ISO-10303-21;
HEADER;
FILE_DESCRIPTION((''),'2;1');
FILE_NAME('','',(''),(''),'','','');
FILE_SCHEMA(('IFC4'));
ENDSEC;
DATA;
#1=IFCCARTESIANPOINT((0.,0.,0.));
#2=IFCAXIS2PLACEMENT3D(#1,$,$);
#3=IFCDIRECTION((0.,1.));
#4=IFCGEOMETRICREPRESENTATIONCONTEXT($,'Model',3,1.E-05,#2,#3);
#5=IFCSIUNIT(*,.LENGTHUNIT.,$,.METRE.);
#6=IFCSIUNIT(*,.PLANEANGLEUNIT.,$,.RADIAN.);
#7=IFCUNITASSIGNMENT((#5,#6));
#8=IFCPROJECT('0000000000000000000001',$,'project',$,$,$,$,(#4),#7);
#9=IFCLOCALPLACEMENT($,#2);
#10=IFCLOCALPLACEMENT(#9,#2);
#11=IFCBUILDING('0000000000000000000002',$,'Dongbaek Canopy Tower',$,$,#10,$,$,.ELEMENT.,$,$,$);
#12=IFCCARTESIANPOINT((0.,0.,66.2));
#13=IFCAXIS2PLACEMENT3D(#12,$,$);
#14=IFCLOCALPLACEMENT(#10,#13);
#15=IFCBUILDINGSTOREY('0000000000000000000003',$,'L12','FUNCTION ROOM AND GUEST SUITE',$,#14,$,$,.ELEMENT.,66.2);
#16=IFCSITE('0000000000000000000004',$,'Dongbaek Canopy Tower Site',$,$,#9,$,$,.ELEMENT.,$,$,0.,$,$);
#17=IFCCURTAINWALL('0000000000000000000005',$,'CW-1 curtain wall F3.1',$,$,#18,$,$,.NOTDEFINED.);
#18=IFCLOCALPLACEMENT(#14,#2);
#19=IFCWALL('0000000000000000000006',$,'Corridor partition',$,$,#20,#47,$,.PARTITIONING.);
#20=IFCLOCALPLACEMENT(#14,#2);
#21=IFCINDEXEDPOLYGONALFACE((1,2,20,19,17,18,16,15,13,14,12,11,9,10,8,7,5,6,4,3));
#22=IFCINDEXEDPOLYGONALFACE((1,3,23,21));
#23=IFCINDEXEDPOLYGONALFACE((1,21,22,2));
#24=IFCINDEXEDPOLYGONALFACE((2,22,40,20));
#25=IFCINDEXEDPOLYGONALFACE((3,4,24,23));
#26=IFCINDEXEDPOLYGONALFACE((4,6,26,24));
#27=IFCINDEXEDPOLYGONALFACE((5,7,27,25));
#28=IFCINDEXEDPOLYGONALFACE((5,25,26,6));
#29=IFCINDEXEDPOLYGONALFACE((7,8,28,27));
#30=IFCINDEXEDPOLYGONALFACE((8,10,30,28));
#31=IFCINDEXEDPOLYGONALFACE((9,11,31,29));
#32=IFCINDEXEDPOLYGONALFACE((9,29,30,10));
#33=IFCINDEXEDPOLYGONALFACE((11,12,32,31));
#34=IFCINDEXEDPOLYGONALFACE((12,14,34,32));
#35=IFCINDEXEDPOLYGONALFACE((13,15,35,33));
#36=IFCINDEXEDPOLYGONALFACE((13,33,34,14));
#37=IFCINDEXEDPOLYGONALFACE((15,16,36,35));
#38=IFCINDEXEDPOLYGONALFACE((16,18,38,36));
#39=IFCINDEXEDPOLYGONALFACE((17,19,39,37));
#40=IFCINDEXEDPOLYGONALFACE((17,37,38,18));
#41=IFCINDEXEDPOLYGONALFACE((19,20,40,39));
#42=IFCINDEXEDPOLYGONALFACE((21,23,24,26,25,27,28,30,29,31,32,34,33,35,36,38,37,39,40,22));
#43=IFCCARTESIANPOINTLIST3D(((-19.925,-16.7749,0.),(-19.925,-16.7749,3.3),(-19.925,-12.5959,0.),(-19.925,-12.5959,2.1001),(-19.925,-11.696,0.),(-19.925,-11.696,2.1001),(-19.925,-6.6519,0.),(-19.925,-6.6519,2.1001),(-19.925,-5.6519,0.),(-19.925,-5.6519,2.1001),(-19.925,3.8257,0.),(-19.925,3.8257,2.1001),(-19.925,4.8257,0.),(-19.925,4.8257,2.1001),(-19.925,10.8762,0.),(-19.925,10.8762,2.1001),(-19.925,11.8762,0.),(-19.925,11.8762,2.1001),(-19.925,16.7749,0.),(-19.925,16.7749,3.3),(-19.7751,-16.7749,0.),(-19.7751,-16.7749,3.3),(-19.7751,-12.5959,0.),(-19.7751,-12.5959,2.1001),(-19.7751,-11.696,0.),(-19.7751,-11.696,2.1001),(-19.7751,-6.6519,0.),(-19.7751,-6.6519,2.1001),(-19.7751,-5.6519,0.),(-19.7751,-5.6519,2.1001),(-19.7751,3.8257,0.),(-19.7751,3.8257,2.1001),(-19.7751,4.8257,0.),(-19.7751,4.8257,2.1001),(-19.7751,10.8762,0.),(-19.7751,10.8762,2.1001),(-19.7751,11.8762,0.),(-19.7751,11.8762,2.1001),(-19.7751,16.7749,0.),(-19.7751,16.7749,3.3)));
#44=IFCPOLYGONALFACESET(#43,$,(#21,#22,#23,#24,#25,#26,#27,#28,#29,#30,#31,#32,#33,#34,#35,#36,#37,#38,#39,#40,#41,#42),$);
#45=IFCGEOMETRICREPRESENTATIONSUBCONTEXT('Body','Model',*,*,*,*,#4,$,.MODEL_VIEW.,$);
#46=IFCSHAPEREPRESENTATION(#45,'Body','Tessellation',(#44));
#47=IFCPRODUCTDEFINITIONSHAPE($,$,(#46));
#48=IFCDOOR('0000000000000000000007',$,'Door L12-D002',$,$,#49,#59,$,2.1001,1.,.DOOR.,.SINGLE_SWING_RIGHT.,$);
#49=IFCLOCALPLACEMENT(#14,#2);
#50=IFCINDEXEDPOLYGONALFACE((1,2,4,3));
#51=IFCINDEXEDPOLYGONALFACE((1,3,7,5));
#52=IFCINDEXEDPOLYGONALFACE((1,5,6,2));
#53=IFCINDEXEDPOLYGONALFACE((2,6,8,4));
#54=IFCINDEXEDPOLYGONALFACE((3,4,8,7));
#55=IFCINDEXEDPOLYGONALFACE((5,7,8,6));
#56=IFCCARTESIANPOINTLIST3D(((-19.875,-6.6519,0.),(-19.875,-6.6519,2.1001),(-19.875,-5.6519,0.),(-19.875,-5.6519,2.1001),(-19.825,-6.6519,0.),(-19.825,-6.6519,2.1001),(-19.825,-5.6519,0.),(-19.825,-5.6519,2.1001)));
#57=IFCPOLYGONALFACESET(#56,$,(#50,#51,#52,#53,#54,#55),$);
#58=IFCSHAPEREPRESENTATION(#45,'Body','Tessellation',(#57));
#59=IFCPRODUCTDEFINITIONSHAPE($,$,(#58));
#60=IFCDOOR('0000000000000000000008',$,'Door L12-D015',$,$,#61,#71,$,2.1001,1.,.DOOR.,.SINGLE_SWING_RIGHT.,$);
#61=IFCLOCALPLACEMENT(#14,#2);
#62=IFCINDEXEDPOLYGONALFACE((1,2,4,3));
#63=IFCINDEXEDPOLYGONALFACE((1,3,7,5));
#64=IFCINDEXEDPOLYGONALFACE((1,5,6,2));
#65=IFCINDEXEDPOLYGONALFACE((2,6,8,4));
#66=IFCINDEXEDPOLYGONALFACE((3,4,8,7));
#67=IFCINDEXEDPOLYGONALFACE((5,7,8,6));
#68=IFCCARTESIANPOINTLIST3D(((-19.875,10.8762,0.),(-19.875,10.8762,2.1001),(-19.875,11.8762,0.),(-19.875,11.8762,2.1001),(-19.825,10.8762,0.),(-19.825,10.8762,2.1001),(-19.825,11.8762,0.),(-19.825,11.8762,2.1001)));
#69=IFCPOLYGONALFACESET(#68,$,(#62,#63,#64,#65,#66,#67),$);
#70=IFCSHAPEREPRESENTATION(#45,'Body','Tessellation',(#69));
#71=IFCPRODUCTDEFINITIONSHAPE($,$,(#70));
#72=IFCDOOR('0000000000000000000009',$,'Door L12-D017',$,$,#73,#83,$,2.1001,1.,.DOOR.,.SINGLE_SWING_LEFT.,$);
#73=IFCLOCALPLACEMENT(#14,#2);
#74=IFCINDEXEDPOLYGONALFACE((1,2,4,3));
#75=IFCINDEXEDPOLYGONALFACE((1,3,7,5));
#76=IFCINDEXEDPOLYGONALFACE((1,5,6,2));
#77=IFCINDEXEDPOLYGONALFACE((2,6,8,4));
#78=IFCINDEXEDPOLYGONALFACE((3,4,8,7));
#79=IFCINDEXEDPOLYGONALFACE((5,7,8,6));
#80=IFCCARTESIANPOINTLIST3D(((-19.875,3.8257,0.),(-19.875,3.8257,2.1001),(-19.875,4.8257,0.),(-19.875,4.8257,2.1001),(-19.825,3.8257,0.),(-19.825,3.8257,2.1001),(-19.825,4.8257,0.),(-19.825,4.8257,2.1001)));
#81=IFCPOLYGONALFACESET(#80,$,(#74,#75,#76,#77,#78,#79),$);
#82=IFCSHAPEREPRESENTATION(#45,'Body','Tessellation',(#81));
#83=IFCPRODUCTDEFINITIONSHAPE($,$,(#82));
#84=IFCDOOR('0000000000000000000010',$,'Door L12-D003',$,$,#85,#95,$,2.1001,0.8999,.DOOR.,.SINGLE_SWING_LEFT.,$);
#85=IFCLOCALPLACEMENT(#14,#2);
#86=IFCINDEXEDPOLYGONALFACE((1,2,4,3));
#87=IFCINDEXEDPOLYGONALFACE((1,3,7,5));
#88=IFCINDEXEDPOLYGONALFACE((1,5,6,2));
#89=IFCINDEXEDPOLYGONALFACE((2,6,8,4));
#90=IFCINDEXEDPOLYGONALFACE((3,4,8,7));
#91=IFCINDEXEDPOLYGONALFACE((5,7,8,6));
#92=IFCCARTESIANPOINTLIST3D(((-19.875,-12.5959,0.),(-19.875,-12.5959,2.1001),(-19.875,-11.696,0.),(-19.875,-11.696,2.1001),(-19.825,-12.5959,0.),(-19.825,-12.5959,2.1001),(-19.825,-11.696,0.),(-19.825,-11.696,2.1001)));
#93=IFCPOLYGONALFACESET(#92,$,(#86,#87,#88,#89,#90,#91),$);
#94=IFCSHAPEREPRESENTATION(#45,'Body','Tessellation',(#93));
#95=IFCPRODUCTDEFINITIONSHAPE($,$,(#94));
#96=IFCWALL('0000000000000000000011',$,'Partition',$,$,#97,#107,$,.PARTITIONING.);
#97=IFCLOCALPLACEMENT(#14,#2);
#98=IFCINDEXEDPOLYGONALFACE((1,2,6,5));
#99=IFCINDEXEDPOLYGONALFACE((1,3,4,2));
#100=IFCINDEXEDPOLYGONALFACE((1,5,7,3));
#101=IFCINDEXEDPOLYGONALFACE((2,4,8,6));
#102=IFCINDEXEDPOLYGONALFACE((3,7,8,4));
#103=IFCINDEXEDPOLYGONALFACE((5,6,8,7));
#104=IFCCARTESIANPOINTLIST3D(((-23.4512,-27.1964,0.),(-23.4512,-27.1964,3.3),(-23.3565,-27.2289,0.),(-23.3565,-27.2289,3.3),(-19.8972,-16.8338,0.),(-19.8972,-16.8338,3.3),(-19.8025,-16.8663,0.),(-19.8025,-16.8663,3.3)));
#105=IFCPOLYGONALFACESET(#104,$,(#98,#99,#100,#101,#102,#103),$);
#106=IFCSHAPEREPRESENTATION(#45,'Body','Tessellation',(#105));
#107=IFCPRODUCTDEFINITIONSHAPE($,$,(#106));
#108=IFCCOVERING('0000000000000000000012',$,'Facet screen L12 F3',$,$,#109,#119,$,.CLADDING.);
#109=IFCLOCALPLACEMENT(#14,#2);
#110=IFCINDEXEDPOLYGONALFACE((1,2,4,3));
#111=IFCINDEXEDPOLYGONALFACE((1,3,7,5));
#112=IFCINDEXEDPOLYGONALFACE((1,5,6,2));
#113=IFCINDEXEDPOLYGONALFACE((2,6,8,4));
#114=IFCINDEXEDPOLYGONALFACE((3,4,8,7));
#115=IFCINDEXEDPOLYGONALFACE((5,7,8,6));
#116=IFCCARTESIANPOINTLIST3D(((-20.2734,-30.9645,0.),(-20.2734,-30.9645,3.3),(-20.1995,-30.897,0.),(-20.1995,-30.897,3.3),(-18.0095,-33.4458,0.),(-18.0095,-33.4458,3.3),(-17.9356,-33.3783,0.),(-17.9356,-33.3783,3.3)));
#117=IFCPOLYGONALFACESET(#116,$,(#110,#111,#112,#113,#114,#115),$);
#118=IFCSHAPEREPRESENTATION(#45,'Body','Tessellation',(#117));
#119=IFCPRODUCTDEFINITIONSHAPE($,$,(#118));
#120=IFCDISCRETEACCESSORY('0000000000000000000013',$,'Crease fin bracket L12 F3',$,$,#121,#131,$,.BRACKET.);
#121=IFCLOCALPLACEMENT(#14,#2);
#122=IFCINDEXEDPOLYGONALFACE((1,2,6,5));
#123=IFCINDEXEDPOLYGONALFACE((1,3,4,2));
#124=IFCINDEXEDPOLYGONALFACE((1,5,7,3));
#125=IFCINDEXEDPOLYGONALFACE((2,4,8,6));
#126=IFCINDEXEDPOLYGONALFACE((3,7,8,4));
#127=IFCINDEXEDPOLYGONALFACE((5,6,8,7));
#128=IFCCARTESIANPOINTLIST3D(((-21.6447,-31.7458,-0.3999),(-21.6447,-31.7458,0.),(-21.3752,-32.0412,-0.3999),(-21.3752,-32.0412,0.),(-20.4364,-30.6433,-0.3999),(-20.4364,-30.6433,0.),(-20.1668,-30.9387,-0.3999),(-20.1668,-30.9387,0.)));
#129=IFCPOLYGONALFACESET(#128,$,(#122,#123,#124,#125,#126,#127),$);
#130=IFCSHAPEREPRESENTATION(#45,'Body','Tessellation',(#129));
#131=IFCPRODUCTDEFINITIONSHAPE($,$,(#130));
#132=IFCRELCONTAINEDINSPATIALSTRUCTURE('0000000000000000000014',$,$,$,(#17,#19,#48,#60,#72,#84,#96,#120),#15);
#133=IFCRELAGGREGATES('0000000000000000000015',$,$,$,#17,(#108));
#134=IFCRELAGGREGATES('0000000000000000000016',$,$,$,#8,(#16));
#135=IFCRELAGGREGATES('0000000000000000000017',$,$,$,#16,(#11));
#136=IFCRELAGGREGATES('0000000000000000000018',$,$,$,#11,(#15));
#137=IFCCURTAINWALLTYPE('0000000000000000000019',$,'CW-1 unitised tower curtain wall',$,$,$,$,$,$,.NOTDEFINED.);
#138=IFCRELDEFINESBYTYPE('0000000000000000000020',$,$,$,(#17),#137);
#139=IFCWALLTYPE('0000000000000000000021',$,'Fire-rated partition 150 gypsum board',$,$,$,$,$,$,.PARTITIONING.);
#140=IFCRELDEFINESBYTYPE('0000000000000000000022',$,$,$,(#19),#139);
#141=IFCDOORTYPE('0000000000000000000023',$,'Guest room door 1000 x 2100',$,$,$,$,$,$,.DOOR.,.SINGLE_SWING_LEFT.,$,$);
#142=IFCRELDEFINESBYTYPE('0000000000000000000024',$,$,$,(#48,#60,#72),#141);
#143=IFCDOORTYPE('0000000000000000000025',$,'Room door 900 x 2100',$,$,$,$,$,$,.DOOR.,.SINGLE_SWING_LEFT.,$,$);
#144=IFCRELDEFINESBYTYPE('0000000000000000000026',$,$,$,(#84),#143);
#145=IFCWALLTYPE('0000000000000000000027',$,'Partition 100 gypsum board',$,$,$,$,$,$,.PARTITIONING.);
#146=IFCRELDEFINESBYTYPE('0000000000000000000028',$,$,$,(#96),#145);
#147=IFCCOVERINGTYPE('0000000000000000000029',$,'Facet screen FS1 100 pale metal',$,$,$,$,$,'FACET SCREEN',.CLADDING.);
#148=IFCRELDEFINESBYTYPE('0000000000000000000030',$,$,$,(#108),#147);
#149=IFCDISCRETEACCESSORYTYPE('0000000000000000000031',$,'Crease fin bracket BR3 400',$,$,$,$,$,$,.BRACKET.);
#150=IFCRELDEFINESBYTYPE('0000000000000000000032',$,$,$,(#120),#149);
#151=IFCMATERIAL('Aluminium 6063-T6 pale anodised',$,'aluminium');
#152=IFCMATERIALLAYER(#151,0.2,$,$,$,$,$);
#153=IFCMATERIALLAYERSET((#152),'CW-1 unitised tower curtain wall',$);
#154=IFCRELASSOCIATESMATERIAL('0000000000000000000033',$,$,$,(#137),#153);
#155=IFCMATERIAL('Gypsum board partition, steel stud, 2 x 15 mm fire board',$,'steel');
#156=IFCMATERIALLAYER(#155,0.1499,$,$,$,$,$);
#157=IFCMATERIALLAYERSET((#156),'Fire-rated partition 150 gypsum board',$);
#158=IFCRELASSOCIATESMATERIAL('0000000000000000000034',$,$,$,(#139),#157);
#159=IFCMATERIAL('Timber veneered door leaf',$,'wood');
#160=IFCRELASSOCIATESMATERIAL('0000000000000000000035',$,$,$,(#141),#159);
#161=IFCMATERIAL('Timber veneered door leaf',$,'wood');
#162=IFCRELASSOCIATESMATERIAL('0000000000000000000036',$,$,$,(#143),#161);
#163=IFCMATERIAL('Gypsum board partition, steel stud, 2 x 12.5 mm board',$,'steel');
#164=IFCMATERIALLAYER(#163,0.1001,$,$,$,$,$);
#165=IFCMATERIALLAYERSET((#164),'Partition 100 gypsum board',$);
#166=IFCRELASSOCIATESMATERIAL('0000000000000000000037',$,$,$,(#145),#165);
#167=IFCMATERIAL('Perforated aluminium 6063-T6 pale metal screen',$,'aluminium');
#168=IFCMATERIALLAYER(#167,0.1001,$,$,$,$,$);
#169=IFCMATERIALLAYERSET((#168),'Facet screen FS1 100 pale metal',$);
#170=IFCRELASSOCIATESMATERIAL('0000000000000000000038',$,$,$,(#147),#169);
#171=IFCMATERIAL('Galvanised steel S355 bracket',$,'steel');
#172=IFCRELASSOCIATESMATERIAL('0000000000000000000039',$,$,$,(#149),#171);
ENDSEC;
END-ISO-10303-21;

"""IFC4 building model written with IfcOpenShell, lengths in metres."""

from ifc_helpers import new_model, si_unit, direction, frame, frame_2d, origin, origin_2d, place, context, subcontext, project, spatial, rectangle, extrude, material, layer, layer_set, type_object, element, fill, aggregate, save


model = new_model("IFC4")

# Units and contexts
model_context = context("Model", 3, precision=1e-05, world=origin(), true_north=direction((0.0, 1.0)))
body_context = subcontext(model_context, "Body", "Model", "MODEL_VIEW")
ifc_project = project(units=[si_unit("LENGTHUNIT", "METRE"), si_unit("PLANEANGLEUNIT", "RADIAN")], contexts=[model_context])

# Site, building, storey
site_placement = place(None, origin())
site = spatial("IfcSite", under=ifc_project, at=site_placement, Name="Dongbaek Canopy Tower Site", CompositionType="ELEMENT", RefElevation=0.0)
building_placement = place(site_placement, origin())
building = spatial("IfcBuilding", under=site, at=building_placement, Name="Dongbaek Canopy Tower", CompositionType="ELEMENT")
storey_placement = place(building_placement, frame((0.0, 0.0, 66.2)))
storey = spatial("IfcBuildingStorey", under=building, at=storey_placement, Name="L12", Description="FUNCTION ROOM AND GUEST SUITE", CompositionType="ELEMENT", Elevation=66.2)

# Curtain wall
ifc_material_1 = material(Name="Aluminium 6063-T6 pale anodised", Category="aluminium")
ifc_layer_1 = layer(ifc_material_1, 0.2)
ifc_layer_set_1 = layer_set([ifc_layer_1], Name="CW-1 unitised tower curtain wall")
curtain_wall_type = type_object("IfcCurtainWallType", Name="CW-1 unitised tower curtain wall", PredefinedType="NOTDEFINED", material=ifc_layer_set_1)
curtain_wall_placement = place(storey_placement, origin())
curtain_wall = element("IfcCurtainWall", 1, at=curtain_wall_placement, inside=storey, type_object=curtain_wall_type, Name="CW-1 curtain wall F3.1", PredefinedType="NOTDEFINED")

# Wall, openings, doors
ifc_material_2 = material(Name="Gypsum board partition, steel stud, 2 x 15 mm fire board", Category="steel")
ifc_layer_2 = layer(ifc_material_2, 0.1499)
ifc_layer_set_2 = layer_set([ifc_layer_2], Name="Fire-rated partition 150 gypsum board")
wall_type_1 = type_object("IfcWallType", Name="Fire-rated partition 150 gypsum board", PredefinedType="PARTITIONING", material=ifc_layer_set_2)
wall_1_placement = place(storey_placement, frame((-19.8501, -16.7749, 0.0), z_axis=(0.0, 0.0, 1.0), x_axis=(0.0, 1.0, 0.0)))
wall_1 = element("IfcWall", 2, at=wall_1_placement, inside=storey, type_object=wall_type_1, Name="Corridor partition", PredefinedType="PARTITIONING", context=body_context, shape_type="SweptSolid", body=[
    extrude(rectangle(XDim=33.5498, YDim=0.1499, at=frame_2d((16.7749, 0.0))), origin(), (0.0, 0.0, 1.0), 3.3),
])
opening_1_placement = place(wall_1_placement, frame((10.123, 0.0, 0.0)))
opening_1 = element("IfcOpeningElement", 3, at=opening_1_placement, cuts=wall_1, PredefinedType="OPENING", context=body_context, shape_type="SweptSolid", body=[
    extrude(rectangle(XDim=1.0, YDim=2.1001, at=frame_2d((0.5, 1.05))), frame((0.0, 0.085, 0.0), z_axis=(0.0, -1.0, 0.0), x_axis=(1.0, 0.0, 0.0)), (0.0, 0.0, 1.0), 0.1699),
])
opening_2_placement = place(wall_1_placement, frame((4.179, 0.0, 0.0)))
opening_2 = element("IfcOpeningElement", 4, at=opening_2_placement, cuts=wall_1, PredefinedType="OPENING", context=body_context, shape_type="SweptSolid", body=[
    extrude(rectangle(XDim=0.8999, YDim=2.1001, at=frame_2d((0.45, 1.05))), frame((0.0, 0.085, 0.0), z_axis=(0.0, -1.0, 0.0), x_axis=(1.0, 0.0, 0.0)), (0.0, 0.0, 1.0), 0.1699),
])
opening_3_placement = place(wall_1_placement, frame((27.6511, 0.0, 0.0)))
opening_3 = element("IfcOpeningElement", 5, at=opening_3_placement, cuts=wall_1, PredefinedType="OPENING", context=body_context, shape_type="SweptSolid", body=[
    extrude(rectangle(XDim=1.0, YDim=2.1001, at=frame_2d((0.5, 1.05))), frame((0.0, 0.085, 0.0), z_axis=(0.0, -1.0, 0.0), x_axis=(1.0, 0.0, 0.0)), (0.0, 0.0, 1.0), 0.1699),
])
opening_4_placement = place(wall_1_placement, frame((20.6006, 0.0, 0.0)))
opening_4 = element("IfcOpeningElement", 6, at=opening_4_placement, cuts=wall_1, PredefinedType="OPENING", context=body_context, shape_type="SweptSolid", body=[
    extrude(rectangle(XDim=1.0, YDim=2.1001, at=frame_2d((0.5, 1.05))), frame((0.0, 0.085, 0.0), z_axis=(0.0, -1.0, 0.0), x_axis=(1.0, 0.0, 0.0)), (0.0, 0.0, 1.0), 0.1699),
])
ifc_material_3 = material(Name="Timber veneered door leaf", Category="wood")
door_type_1 = type_object("IfcDoorType", Name="Guest room door 1000 x 2100", OperationType="SINGLE_SWING_LEFT", PredefinedType="DOOR", material=ifc_material_3)
door_1_placement = place(opening_1_placement, origin())
door_1 = element("IfcDoor", 7, at=door_1_placement, inside=storey, type_object=door_type_1, Name="Door L12-D002", OperationType="SINGLE_SWING_RIGHT", OverallHeight=2.1001, OverallWidth=1.0, PredefinedType="DOOR", context=body_context, shape_type="SweptSolid", body=[
    extrude(rectangle(XDim=1.0, YDim=2.1001, at=frame_2d((0.5, 1.05))), frame((0.0, 0.0249, 0.0), z_axis=(0.0, -1.0, 0.0), x_axis=(1.0, 0.0, 0.0)), (0.0, 0.0, 1.0), 0.05),
])
fill(opening_1, door_1)
door_2_placement = place(opening_3_placement, origin())
door_2 = element("IfcDoor", 8, at=door_2_placement, inside=storey, type_object=door_type_1, Name="Door L12-D015", OperationType="SINGLE_SWING_RIGHT", OverallHeight=2.1001, OverallWidth=1.0, PredefinedType="DOOR", context=body_context, shape_type="SweptSolid", body=[
    extrude(rectangle(XDim=1.0, YDim=2.1001, at=frame_2d((0.5, 1.05))), frame((0.0, 0.0249, 0.0), z_axis=(0.0, -1.0, 0.0), x_axis=(1.0, 0.0, 0.0)), (0.0, 0.0, 1.0), 0.05),
])
fill(opening_3, door_2)
door_3_placement = place(opening_4_placement, origin())
door_3 = element("IfcDoor", 9, at=door_3_placement, inside=storey, type_object=door_type_1, Name="Door L12-D017", OperationType="SINGLE_SWING_LEFT", OverallHeight=2.1001, OverallWidth=1.0, PredefinedType="DOOR", context=body_context, shape_type="SweptSolid", body=[
    extrude(rectangle(XDim=1.0, YDim=2.1001, at=frame_2d((0.5, 1.05))), frame((0.0, 0.0249, 0.0), z_axis=(0.0, -1.0, 0.0), x_axis=(1.0, 0.0, 0.0)), (0.0, 0.0, 1.0), 0.05),
])
fill(opening_4, door_3)
ifc_material_4 = material(Name="Timber veneered door leaf", Category="wood")
door_type_2 = type_object("IfcDoorType", Name="Room door 900 x 2100", OperationType="SINGLE_SWING_LEFT", PredefinedType="DOOR", material=ifc_material_4)
door_4_placement = place(opening_2_placement, origin())
door_4 = element("IfcDoor", 10, at=door_4_placement, inside=storey, type_object=door_type_2, Name="Door L12-D003", OperationType="SINGLE_SWING_LEFT", OverallHeight=2.1001, OverallWidth=0.8999, PredefinedType="DOOR", context=body_context, shape_type="SweptSolid", body=[
    extrude(rectangle(XDim=0.8999, YDim=2.1001, at=frame_2d((0.45, 1.05))), frame((0.0, 0.0249, 0.0), z_axis=(0.0, -1.0, 0.0), x_axis=(1.0, 0.0, 0.0)), (0.0, 0.0, 1.0), 0.05),
])
fill(opening_2, door_4)

# Wall
ifc_material_5 = material(Name="Gypsum board partition, steel stud, 2 x 12.5 mm board", Category="steel")
ifc_layer_3 = layer(ifc_material_5, 0.1001)
ifc_layer_set_3 = layer_set([ifc_layer_3], Name="Partition 100 gypsum board")
wall_type_2 = type_object("IfcWallType", Name="Partition 100 gypsum board", PredefinedType="PARTITIONING", material=ifc_layer_set_3)
wall_2_placement = place(storey_placement, frame((-23.4038, -27.2126, 0.0), z_axis=(0.0, 0.0, 1.0), x_axis=(0.324413, 0.945916, 0.0)))
element("IfcWall", 11, at=wall_2_placement, inside=storey, type_object=wall_type_2, Name="Partition", PredefinedType="PARTITIONING", context=body_context, shape_type="SweptSolid", body=[
    extrude(rectangle(XDim=10.9551, YDim=0.1001, at=frame_2d((5.4775, 0.0))), origin(), (0.0, 0.0, 1.0), 3.3),
])

# Covering
ifc_material_6 = material(Name="Perforated aluminium 6063-T6 pale metal screen", Category="aluminium")
ifc_layer_4 = layer(ifc_material_6, 0.1001)
ifc_layer_set_4 = layer_set([ifc_layer_4], Name="Facet screen FS1 100 pale metal")
covering_type = type_object("IfcCoveringType", Name="Facet screen FS1 100 pale metal", ElementType="FACET SCREEN", PredefinedType="CLADDING", material=ifc_layer_set_4)
covering_placement = place(storey_placement, frame((-19.1045, -32.1714, 0.0), z_axis=(0.0, 0.0, 1.0), x_axis=(0.674012, -0.73872, 0.0)))
covering = element("IfcCovering", 12, at=covering_placement, type_object=covering_type, Name="Facet screen L12 F3", PredefinedType="CLADDING", context=body_context, shape_type="SweptSolid", body=[
    extrude(rectangle(XDim=3.3589, YDim=0.1001, at=origin_2d()), origin(), (0.0, 0.0, 1.0), 3.3),
])
aggregate(curtain_wall, [covering])

# Discrete accessory
ifc_material_7 = material(Name="Galvanised steel S355 bracket", Category="steel")
discrete_accessory_type = type_object("IfcDiscreteAccessoryType", Name="Crease fin bracket BR3 400", PredefinedType="BRACKET", material=ifc_material_7)
discrete_accessory_placement = place(storey_placement, frame((-20.9058, -31.3423, -0.3999), z_axis=(0.0, 0.0, 1.0), x_axis=(-0.73872, -0.674012, 0.0)))
element("IfcDiscreteAccessory", 13, at=discrete_accessory_placement, inside=storey, type_object=discrete_accessory_type, Name="Crease fin bracket L12 F3", PredefinedType="BRACKET", context=body_context, shape_type="SweptSolid", body=[
    extrude(rectangle(XDim=1.6357, YDim=0.3999, at=origin_2d()), origin(), (0.0, 0.0, 1.0), 0.3999),
])

save(model, "model.ifc")
